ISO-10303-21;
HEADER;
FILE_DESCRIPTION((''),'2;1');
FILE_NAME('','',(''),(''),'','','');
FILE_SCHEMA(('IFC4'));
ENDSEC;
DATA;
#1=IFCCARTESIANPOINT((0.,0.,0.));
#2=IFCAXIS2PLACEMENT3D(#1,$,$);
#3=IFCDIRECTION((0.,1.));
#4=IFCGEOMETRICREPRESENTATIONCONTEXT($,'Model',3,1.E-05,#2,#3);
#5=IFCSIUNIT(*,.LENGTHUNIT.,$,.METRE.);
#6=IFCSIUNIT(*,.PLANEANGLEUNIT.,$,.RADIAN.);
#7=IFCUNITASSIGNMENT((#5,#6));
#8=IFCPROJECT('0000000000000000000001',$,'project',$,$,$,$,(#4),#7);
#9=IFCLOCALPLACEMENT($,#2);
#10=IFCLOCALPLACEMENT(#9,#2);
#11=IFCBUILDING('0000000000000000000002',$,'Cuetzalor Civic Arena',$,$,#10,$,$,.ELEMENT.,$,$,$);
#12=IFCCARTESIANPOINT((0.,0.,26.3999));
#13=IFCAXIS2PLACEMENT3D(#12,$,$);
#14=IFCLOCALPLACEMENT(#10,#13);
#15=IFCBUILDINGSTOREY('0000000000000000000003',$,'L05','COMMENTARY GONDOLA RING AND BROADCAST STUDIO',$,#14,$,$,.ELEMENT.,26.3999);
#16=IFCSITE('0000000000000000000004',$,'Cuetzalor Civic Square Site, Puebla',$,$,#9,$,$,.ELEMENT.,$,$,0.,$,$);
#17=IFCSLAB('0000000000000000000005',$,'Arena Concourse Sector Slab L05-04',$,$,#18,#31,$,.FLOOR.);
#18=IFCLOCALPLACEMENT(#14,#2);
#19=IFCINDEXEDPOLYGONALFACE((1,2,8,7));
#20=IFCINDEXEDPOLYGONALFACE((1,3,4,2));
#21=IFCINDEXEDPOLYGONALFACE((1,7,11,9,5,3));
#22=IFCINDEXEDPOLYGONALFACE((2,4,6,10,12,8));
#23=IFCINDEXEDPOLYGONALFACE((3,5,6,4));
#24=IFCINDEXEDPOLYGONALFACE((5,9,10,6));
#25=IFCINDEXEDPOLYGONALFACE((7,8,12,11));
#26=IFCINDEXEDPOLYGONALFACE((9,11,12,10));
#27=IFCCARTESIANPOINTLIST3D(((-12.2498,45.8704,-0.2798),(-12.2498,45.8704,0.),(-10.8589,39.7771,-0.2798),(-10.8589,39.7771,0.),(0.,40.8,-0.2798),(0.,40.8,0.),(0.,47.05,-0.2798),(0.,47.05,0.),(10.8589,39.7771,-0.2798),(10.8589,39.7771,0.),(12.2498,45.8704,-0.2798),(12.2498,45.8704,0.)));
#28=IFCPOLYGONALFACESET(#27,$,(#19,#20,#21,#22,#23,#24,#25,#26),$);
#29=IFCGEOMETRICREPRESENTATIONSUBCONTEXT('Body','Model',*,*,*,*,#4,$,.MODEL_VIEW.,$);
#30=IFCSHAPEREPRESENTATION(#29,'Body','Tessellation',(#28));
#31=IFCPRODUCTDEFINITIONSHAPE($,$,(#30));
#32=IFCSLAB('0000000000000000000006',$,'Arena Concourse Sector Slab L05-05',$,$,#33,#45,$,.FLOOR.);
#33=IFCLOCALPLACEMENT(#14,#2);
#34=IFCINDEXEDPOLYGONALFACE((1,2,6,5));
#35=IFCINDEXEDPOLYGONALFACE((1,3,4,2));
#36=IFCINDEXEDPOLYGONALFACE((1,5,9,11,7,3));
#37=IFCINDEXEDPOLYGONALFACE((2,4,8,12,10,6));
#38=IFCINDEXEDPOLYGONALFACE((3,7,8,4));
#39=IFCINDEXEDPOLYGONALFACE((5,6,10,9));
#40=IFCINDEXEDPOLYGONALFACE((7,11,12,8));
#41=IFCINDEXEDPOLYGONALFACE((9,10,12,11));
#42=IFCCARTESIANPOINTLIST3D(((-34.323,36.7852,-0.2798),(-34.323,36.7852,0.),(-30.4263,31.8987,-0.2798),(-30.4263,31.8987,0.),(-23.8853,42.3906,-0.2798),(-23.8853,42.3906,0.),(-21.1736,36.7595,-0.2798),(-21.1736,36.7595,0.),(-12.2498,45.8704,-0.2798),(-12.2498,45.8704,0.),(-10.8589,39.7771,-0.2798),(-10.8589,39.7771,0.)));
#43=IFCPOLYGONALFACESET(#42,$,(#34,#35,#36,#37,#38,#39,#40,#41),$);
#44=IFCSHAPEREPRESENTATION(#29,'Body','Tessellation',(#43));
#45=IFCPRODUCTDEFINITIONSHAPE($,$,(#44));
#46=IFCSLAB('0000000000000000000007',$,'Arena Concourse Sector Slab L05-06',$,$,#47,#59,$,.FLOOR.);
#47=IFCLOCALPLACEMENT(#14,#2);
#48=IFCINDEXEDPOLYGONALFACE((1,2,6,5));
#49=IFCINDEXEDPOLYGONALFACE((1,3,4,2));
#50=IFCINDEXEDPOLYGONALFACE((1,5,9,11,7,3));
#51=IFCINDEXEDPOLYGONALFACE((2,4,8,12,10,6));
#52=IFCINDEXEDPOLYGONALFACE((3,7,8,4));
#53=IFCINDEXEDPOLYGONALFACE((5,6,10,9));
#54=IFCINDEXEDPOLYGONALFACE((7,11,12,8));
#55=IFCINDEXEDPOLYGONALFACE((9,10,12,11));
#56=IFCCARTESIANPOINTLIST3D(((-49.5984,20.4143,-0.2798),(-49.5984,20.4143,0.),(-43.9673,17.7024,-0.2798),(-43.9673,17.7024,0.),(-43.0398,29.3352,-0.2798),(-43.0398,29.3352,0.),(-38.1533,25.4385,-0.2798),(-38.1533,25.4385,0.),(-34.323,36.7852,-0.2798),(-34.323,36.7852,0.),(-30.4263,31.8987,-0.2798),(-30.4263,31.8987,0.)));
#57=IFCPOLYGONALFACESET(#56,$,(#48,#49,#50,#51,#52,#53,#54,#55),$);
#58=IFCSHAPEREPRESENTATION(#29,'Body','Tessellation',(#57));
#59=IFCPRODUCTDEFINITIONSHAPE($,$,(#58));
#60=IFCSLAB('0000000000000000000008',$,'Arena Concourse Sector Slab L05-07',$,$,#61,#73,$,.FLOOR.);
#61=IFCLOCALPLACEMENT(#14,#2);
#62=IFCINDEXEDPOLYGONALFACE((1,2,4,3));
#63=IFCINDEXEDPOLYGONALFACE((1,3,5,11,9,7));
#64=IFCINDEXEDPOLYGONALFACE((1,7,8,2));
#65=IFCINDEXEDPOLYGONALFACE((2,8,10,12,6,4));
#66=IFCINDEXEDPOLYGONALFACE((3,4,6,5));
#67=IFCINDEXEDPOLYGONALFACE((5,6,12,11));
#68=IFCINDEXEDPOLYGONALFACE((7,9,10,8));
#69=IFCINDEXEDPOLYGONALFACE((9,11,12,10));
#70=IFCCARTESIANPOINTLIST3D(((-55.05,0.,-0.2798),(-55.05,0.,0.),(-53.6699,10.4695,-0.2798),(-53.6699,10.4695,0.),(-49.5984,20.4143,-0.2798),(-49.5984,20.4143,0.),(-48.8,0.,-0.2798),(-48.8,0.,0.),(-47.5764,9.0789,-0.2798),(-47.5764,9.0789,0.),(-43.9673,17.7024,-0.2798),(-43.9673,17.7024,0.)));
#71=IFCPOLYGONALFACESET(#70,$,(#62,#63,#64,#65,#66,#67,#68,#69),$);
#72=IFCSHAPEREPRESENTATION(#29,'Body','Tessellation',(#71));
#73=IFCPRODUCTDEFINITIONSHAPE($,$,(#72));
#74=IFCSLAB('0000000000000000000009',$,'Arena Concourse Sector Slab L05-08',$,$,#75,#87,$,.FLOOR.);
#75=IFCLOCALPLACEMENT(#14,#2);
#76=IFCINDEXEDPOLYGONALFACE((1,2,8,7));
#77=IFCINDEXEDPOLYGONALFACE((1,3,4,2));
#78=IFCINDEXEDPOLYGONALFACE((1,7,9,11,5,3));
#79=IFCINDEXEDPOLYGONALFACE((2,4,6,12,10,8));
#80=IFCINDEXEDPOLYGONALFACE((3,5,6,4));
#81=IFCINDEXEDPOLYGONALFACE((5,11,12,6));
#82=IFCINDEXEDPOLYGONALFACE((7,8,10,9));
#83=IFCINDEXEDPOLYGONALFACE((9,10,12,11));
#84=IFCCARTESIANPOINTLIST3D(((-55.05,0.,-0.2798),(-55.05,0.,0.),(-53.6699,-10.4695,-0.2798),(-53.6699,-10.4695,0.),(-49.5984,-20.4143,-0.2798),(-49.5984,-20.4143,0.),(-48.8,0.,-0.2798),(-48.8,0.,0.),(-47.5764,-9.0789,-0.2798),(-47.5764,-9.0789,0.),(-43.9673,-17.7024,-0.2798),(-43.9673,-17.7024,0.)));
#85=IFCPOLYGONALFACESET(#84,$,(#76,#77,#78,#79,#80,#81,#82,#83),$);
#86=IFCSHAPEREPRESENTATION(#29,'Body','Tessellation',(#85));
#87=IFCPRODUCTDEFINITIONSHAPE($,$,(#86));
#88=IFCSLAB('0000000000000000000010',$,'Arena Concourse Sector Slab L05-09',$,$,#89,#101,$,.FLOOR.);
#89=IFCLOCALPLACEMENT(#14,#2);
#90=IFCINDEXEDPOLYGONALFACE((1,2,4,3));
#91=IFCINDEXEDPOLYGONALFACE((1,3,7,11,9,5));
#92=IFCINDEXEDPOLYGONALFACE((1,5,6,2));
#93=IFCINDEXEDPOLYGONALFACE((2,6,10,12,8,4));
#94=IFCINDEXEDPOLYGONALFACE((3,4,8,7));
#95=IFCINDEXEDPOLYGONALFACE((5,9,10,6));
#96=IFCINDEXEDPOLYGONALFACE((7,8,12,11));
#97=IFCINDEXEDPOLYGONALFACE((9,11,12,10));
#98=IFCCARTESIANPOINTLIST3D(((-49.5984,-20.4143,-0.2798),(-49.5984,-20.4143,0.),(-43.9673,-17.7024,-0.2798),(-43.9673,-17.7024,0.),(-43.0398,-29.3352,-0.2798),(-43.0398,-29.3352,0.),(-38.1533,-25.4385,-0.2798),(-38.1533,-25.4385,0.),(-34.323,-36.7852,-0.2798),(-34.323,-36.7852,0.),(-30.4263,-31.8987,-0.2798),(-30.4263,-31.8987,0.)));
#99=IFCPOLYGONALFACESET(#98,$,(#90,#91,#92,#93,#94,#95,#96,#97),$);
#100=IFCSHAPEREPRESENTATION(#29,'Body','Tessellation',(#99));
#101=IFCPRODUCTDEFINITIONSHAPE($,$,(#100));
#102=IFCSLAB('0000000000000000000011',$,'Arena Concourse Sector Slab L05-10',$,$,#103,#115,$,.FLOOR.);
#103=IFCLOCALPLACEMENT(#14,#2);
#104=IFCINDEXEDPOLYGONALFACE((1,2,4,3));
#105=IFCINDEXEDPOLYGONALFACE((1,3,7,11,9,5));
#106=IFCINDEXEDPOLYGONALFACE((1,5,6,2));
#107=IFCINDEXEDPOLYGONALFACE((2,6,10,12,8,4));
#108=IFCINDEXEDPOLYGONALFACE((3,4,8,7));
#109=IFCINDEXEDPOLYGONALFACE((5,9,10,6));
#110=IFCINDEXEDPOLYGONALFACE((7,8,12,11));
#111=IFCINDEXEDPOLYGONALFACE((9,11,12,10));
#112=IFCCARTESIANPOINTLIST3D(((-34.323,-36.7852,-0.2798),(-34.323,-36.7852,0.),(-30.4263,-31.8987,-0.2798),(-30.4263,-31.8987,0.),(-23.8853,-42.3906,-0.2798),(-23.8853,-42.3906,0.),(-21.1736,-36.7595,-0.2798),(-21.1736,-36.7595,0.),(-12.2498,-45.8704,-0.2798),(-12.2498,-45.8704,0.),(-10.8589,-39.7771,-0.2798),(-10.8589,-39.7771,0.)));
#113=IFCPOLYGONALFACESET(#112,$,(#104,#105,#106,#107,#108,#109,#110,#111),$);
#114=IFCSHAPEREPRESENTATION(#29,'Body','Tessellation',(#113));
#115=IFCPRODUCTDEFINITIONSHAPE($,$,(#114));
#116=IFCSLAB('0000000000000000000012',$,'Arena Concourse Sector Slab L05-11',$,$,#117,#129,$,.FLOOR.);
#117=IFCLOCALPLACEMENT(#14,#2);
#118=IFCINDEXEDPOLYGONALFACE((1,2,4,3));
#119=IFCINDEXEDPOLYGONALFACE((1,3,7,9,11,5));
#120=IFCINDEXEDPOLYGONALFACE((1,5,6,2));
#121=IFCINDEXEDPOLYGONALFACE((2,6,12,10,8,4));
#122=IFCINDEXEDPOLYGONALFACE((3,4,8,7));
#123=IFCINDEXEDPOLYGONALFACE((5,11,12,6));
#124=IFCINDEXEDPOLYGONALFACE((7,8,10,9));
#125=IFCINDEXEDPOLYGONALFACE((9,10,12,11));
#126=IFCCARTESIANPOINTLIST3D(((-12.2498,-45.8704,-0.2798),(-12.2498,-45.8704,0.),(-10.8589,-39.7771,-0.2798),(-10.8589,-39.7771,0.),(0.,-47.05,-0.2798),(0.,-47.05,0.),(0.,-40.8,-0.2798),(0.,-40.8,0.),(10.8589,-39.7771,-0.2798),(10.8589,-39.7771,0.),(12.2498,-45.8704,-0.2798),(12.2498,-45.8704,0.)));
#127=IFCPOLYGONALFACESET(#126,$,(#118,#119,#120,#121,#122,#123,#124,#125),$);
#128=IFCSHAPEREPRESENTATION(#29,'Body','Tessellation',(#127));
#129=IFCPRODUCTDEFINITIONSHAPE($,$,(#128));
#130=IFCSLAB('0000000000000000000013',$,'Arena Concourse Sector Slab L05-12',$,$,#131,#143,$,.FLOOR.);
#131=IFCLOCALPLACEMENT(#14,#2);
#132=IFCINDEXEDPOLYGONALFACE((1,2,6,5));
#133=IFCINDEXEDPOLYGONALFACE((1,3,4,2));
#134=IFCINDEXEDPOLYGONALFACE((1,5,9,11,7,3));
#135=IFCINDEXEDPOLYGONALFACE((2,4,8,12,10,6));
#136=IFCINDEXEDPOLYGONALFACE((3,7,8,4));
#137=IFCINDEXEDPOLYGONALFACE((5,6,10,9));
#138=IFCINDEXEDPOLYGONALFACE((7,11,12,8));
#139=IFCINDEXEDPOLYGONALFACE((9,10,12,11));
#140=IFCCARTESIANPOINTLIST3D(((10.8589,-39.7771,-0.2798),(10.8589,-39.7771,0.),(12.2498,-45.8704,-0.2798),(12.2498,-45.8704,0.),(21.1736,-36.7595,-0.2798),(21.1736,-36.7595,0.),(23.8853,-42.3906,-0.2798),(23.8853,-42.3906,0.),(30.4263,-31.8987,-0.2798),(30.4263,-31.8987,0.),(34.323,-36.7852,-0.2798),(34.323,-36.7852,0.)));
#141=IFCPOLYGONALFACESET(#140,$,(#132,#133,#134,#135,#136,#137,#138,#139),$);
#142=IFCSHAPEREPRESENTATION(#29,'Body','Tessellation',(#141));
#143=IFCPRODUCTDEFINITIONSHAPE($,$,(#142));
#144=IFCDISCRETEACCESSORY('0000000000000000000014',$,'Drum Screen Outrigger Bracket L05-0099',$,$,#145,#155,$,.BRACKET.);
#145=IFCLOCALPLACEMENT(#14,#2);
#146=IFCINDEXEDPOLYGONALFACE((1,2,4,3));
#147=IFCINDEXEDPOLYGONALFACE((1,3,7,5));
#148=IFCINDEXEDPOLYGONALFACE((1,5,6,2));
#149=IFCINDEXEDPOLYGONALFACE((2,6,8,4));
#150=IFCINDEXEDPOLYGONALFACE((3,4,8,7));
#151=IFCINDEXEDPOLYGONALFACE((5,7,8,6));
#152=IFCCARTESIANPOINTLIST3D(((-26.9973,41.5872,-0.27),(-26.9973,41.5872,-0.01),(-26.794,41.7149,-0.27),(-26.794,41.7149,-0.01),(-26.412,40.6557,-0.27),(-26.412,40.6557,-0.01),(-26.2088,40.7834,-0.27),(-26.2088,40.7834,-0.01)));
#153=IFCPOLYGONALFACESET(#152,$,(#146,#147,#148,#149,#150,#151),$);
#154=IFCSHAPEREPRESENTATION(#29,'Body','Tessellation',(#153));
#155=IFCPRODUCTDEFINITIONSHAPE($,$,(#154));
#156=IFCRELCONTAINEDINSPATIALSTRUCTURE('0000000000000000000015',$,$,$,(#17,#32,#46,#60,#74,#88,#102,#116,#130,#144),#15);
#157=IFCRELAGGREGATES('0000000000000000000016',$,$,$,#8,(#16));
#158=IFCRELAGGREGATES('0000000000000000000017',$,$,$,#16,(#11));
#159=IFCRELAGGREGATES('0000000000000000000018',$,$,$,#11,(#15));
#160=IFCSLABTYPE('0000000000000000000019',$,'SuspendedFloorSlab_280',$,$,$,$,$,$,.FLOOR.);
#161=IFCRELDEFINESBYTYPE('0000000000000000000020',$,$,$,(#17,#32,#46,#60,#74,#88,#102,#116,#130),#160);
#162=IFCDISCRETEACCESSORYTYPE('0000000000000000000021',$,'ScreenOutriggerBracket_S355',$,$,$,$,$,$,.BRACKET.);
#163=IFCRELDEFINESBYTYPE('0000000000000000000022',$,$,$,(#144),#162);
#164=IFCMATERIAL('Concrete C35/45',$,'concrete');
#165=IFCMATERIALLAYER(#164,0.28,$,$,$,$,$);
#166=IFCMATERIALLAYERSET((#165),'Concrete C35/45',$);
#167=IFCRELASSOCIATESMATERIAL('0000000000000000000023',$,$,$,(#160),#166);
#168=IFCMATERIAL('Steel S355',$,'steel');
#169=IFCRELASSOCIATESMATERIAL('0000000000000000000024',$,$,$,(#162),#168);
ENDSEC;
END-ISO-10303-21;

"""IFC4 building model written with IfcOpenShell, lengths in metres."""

from ifc_helpers import new_model, si_unit, direction, frame, origin, origin_2d, place, context, subcontext, project, spatial, polyline, rectangle, outline, extrude, material, layer, layer_set, type_object, element, save


model = new_model("IFC4")

# Units and contexts
model_context = context("Model", 3, precision=1e-05, world=origin(), true_north=direction((0.0, 1.0)))
body_context = subcontext(model_context, "Body", "Model", "MODEL_VIEW")
ifc_project = project(units=[si_unit("LENGTHUNIT", "METRE"), si_unit("PLANEANGLEUNIT", "RADIAN")], contexts=[model_context])

# Site, building, storey
site_placement = place(None, origin())
site = spatial("IfcSite", under=ifc_project, at=site_placement, Name="Cuetzalor Civic Square Site, Puebla", CompositionType="ELEMENT", RefElevation=0.0)
building_placement = place(site_placement, origin())
building = spatial("IfcBuilding", under=site, at=building_placement, Name="Cuetzalor Civic Arena", CompositionType="ELEMENT")
storey_placement = place(building_placement, frame((0.0, 0.0, 26.3999)))
storey = spatial("IfcBuildingStorey", under=building, at=storey_placement, Name="L05", Description="COMMENTARY GONDOLA RING AND BROADCAST STUDIO", CompositionType="ELEMENT", Elevation=26.3999)

# Slabs
ifc_material_1 = material(Name="Concrete C35/45", Category="concrete")
ifc_layer = layer(ifc_material_1, 0.28)
ifc_layer_set = layer_set([ifc_layer], Name="Concrete C35/45")
slab_type = type_object("IfcSlabType", Name="SuspendedFloorSlab_280", PredefinedType="FLOOR", material=ifc_layer_set)
slab_1_placement = place(storey_placement, frame((0.0, 0.0, -0.2798)))
element("IfcSlab", 1, at=slab_1_placement, inside=storey, type_object=slab_type, Name="Arena Concourse Sector Slab L05-04", PredefinedType="FLOOR", context=body_context, shape_type="SweptSolid", body=[
    extrude(outline(polyline([(10.8589, 39.7771), (0.0, 40.8), (-10.8589, 39.7771), (-12.2498, 45.8704), (0.0, 47.05), (12.2498, 45.8704), (10.8589, 39.7771)])), origin(), (0.0, 0.0, 1.0), 0.2798),
])
slab_2_placement = place(storey_placement, frame((0.0, 0.0, -0.2798)))
element("IfcSlab", 2, at=slab_2_placement, inside=storey, type_object=slab_type, Name="Arena Concourse Sector Slab L05-05", PredefinedType="FLOOR", context=body_context, shape_type="SweptSolid", body=[
    extrude(outline(polyline([(-10.8589, 39.7771), (-21.1736, 36.7595), (-30.4263, 31.8987), (-34.323, 36.7852), (-23.8853, 42.3906), (-12.2498, 45.8704), (-10.8589, 39.7771)])), origin(), (0.0, 0.0, 1.0), 0.2798),
])
slab_3_placement = place(storey_placement, frame((0.0, 0.0, -0.2798)))
element("IfcSlab", 3, at=slab_3_placement, inside=storey, type_object=slab_type, Name="Arena Concourse Sector Slab L05-06", PredefinedType="FLOOR", context=body_context, shape_type="SweptSolid", body=[
    extrude(outline(polyline([(-30.4263, 31.8987), (-38.1533, 25.4385), (-43.9673, 17.7024), (-49.5984, 20.4143), (-43.0398, 29.3352), (-34.323, 36.7852), (-30.4263, 31.8987)])), origin(), (0.0, 0.0, 1.0), 0.2798),
])
slab_4_placement = place(storey_placement, frame((0.0, 0.0, -0.2798)))
element("IfcSlab", 4, at=slab_4_placement, inside=storey, type_object=slab_type, Name="Arena Concourse Sector Slab L05-07", PredefinedType="FLOOR", context=body_context, shape_type="SweptSolid", body=[
    extrude(outline(polyline([(-43.9673, 17.7024), (-47.5764, 9.0789), (-48.8, 0.0), (-55.05, 0.0), (-53.6699, 10.4695), (-49.5984, 20.4143), (-43.9673, 17.7024)])), origin(), (0.0, 0.0, 1.0), 0.2798),
])
slab_5_placement = place(storey_placement, frame((0.0, 0.0, -0.2798)))
element("IfcSlab", 5, at=slab_5_placement, inside=storey, type_object=slab_type, Name="Arena Concourse Sector Slab L05-08", PredefinedType="FLOOR", context=body_context, shape_type="SweptSolid", body=[
    extrude(outline(polyline([(-48.8, 0.0), (-47.5764, -9.0789), (-43.9673, -17.7024), (-49.5984, -20.4143), (-53.6699, -10.4695), (-55.05, 0.0), (-48.8, 0.0)])), origin(), (0.0, 0.0, 1.0), 0.2798),
])
slab_6_placement = place(storey_placement, frame((0.0, 0.0, -0.2798)))
element("IfcSlab", 6, at=slab_6_placement, inside=storey, type_object=slab_type, Name="Arena Concourse Sector Slab L05-09", PredefinedType="FLOOR", context=body_context, shape_type="SweptSolid", body=[
    extrude(outline(polyline([(-43.9673, -17.7024), (-38.1533, -25.4385), (-30.4263, -31.8987), (-34.323, -36.7852), (-43.0398, -29.3352), (-49.5984, -20.4143), (-43.9673, -17.7024)])), origin(), (0.0, 0.0, 1.0), 0.2798),
])
slab_7_placement = place(storey_placement, frame((0.0, 0.0, -0.2798)))
element("IfcSlab", 7, at=slab_7_placement, inside=storey, type_object=slab_type, Name="Arena Concourse Sector Slab L05-10", PredefinedType="FLOOR", context=body_context, shape_type="SweptSolid", body=[
    extrude(outline(polyline([(-30.4263, -31.8987), (-21.1736, -36.7595), (-10.8589, -39.7771), (-12.2498, -45.8704), (-23.8853, -42.3906), (-34.323, -36.7852), (-30.4263, -31.8987)])), origin(), (0.0, 0.0, 1.0), 0.2798),
])
slab_8_placement = place(storey_placement, frame((0.0, 0.0, -0.2798)))
element("IfcSlab", 8, at=slab_8_placement, inside=storey, type_object=slab_type, Name="Arena Concourse Sector Slab L05-11", PredefinedType="FLOOR", context=body_context, shape_type="SweptSolid", body=[
    extrude(outline(polyline([(-10.8589, -39.7771), (0.0, -40.8), (10.8589, -39.7771), (12.2498, -45.8704), (0.0, -47.05), (-12.2498, -45.8704), (-10.8589, -39.7771)])), origin(), (0.0, 0.0, 1.0), 0.2798),
])
slab_9_placement = place(storey_placement, frame((0.0, 0.0, -0.2798)))
element("IfcSlab", 9, at=slab_9_placement, inside=storey, type_object=slab_type, Name="Arena Concourse Sector Slab L05-12", PredefinedType="FLOOR", context=body_context, shape_type="SweptSolid", body=[
    extrude(outline(polyline([(10.8589, -39.7771), (21.1736, -36.7595), (30.4263, -31.8987), (34.323, -36.7852), (23.8853, -42.3906), (12.2498, -45.8704), (10.8589, -39.7771)])), origin(), (0.0, 0.0, 1.0), 0.2798),
])

# Discrete accessory
ifc_material_2 = material(Name="Steel S355", Category="steel")
discrete_accessory_type = type_object("IfcDiscreteAccessoryType", Name="ScreenOutriggerBracket_S355", PredefinedType="BRACKET", material=ifc_material_2)
discrete_accessory_placement = place(storey_placement, frame((-26.603, 41.1853, -0.27), z_axis=(0.0, 0.0, 1.0), x_axis=(-0.53199, 0.846751, 0.0)))
element("IfcDiscreteAccessory", 10, at=discrete_accessory_placement, inside=storey, type_object=discrete_accessory_type, Name="Drum Screen Outrigger Bracket L05-0099", PredefinedType="BRACKET", context=body_context, shape_type="SweptSolid", body=[
    extrude(rectangle(XDim=1.1001, YDim=0.24, at=origin_2d()), origin(), (0.0, 0.0, 1.0), 0.26),
])

save(model, "model.ifc")
